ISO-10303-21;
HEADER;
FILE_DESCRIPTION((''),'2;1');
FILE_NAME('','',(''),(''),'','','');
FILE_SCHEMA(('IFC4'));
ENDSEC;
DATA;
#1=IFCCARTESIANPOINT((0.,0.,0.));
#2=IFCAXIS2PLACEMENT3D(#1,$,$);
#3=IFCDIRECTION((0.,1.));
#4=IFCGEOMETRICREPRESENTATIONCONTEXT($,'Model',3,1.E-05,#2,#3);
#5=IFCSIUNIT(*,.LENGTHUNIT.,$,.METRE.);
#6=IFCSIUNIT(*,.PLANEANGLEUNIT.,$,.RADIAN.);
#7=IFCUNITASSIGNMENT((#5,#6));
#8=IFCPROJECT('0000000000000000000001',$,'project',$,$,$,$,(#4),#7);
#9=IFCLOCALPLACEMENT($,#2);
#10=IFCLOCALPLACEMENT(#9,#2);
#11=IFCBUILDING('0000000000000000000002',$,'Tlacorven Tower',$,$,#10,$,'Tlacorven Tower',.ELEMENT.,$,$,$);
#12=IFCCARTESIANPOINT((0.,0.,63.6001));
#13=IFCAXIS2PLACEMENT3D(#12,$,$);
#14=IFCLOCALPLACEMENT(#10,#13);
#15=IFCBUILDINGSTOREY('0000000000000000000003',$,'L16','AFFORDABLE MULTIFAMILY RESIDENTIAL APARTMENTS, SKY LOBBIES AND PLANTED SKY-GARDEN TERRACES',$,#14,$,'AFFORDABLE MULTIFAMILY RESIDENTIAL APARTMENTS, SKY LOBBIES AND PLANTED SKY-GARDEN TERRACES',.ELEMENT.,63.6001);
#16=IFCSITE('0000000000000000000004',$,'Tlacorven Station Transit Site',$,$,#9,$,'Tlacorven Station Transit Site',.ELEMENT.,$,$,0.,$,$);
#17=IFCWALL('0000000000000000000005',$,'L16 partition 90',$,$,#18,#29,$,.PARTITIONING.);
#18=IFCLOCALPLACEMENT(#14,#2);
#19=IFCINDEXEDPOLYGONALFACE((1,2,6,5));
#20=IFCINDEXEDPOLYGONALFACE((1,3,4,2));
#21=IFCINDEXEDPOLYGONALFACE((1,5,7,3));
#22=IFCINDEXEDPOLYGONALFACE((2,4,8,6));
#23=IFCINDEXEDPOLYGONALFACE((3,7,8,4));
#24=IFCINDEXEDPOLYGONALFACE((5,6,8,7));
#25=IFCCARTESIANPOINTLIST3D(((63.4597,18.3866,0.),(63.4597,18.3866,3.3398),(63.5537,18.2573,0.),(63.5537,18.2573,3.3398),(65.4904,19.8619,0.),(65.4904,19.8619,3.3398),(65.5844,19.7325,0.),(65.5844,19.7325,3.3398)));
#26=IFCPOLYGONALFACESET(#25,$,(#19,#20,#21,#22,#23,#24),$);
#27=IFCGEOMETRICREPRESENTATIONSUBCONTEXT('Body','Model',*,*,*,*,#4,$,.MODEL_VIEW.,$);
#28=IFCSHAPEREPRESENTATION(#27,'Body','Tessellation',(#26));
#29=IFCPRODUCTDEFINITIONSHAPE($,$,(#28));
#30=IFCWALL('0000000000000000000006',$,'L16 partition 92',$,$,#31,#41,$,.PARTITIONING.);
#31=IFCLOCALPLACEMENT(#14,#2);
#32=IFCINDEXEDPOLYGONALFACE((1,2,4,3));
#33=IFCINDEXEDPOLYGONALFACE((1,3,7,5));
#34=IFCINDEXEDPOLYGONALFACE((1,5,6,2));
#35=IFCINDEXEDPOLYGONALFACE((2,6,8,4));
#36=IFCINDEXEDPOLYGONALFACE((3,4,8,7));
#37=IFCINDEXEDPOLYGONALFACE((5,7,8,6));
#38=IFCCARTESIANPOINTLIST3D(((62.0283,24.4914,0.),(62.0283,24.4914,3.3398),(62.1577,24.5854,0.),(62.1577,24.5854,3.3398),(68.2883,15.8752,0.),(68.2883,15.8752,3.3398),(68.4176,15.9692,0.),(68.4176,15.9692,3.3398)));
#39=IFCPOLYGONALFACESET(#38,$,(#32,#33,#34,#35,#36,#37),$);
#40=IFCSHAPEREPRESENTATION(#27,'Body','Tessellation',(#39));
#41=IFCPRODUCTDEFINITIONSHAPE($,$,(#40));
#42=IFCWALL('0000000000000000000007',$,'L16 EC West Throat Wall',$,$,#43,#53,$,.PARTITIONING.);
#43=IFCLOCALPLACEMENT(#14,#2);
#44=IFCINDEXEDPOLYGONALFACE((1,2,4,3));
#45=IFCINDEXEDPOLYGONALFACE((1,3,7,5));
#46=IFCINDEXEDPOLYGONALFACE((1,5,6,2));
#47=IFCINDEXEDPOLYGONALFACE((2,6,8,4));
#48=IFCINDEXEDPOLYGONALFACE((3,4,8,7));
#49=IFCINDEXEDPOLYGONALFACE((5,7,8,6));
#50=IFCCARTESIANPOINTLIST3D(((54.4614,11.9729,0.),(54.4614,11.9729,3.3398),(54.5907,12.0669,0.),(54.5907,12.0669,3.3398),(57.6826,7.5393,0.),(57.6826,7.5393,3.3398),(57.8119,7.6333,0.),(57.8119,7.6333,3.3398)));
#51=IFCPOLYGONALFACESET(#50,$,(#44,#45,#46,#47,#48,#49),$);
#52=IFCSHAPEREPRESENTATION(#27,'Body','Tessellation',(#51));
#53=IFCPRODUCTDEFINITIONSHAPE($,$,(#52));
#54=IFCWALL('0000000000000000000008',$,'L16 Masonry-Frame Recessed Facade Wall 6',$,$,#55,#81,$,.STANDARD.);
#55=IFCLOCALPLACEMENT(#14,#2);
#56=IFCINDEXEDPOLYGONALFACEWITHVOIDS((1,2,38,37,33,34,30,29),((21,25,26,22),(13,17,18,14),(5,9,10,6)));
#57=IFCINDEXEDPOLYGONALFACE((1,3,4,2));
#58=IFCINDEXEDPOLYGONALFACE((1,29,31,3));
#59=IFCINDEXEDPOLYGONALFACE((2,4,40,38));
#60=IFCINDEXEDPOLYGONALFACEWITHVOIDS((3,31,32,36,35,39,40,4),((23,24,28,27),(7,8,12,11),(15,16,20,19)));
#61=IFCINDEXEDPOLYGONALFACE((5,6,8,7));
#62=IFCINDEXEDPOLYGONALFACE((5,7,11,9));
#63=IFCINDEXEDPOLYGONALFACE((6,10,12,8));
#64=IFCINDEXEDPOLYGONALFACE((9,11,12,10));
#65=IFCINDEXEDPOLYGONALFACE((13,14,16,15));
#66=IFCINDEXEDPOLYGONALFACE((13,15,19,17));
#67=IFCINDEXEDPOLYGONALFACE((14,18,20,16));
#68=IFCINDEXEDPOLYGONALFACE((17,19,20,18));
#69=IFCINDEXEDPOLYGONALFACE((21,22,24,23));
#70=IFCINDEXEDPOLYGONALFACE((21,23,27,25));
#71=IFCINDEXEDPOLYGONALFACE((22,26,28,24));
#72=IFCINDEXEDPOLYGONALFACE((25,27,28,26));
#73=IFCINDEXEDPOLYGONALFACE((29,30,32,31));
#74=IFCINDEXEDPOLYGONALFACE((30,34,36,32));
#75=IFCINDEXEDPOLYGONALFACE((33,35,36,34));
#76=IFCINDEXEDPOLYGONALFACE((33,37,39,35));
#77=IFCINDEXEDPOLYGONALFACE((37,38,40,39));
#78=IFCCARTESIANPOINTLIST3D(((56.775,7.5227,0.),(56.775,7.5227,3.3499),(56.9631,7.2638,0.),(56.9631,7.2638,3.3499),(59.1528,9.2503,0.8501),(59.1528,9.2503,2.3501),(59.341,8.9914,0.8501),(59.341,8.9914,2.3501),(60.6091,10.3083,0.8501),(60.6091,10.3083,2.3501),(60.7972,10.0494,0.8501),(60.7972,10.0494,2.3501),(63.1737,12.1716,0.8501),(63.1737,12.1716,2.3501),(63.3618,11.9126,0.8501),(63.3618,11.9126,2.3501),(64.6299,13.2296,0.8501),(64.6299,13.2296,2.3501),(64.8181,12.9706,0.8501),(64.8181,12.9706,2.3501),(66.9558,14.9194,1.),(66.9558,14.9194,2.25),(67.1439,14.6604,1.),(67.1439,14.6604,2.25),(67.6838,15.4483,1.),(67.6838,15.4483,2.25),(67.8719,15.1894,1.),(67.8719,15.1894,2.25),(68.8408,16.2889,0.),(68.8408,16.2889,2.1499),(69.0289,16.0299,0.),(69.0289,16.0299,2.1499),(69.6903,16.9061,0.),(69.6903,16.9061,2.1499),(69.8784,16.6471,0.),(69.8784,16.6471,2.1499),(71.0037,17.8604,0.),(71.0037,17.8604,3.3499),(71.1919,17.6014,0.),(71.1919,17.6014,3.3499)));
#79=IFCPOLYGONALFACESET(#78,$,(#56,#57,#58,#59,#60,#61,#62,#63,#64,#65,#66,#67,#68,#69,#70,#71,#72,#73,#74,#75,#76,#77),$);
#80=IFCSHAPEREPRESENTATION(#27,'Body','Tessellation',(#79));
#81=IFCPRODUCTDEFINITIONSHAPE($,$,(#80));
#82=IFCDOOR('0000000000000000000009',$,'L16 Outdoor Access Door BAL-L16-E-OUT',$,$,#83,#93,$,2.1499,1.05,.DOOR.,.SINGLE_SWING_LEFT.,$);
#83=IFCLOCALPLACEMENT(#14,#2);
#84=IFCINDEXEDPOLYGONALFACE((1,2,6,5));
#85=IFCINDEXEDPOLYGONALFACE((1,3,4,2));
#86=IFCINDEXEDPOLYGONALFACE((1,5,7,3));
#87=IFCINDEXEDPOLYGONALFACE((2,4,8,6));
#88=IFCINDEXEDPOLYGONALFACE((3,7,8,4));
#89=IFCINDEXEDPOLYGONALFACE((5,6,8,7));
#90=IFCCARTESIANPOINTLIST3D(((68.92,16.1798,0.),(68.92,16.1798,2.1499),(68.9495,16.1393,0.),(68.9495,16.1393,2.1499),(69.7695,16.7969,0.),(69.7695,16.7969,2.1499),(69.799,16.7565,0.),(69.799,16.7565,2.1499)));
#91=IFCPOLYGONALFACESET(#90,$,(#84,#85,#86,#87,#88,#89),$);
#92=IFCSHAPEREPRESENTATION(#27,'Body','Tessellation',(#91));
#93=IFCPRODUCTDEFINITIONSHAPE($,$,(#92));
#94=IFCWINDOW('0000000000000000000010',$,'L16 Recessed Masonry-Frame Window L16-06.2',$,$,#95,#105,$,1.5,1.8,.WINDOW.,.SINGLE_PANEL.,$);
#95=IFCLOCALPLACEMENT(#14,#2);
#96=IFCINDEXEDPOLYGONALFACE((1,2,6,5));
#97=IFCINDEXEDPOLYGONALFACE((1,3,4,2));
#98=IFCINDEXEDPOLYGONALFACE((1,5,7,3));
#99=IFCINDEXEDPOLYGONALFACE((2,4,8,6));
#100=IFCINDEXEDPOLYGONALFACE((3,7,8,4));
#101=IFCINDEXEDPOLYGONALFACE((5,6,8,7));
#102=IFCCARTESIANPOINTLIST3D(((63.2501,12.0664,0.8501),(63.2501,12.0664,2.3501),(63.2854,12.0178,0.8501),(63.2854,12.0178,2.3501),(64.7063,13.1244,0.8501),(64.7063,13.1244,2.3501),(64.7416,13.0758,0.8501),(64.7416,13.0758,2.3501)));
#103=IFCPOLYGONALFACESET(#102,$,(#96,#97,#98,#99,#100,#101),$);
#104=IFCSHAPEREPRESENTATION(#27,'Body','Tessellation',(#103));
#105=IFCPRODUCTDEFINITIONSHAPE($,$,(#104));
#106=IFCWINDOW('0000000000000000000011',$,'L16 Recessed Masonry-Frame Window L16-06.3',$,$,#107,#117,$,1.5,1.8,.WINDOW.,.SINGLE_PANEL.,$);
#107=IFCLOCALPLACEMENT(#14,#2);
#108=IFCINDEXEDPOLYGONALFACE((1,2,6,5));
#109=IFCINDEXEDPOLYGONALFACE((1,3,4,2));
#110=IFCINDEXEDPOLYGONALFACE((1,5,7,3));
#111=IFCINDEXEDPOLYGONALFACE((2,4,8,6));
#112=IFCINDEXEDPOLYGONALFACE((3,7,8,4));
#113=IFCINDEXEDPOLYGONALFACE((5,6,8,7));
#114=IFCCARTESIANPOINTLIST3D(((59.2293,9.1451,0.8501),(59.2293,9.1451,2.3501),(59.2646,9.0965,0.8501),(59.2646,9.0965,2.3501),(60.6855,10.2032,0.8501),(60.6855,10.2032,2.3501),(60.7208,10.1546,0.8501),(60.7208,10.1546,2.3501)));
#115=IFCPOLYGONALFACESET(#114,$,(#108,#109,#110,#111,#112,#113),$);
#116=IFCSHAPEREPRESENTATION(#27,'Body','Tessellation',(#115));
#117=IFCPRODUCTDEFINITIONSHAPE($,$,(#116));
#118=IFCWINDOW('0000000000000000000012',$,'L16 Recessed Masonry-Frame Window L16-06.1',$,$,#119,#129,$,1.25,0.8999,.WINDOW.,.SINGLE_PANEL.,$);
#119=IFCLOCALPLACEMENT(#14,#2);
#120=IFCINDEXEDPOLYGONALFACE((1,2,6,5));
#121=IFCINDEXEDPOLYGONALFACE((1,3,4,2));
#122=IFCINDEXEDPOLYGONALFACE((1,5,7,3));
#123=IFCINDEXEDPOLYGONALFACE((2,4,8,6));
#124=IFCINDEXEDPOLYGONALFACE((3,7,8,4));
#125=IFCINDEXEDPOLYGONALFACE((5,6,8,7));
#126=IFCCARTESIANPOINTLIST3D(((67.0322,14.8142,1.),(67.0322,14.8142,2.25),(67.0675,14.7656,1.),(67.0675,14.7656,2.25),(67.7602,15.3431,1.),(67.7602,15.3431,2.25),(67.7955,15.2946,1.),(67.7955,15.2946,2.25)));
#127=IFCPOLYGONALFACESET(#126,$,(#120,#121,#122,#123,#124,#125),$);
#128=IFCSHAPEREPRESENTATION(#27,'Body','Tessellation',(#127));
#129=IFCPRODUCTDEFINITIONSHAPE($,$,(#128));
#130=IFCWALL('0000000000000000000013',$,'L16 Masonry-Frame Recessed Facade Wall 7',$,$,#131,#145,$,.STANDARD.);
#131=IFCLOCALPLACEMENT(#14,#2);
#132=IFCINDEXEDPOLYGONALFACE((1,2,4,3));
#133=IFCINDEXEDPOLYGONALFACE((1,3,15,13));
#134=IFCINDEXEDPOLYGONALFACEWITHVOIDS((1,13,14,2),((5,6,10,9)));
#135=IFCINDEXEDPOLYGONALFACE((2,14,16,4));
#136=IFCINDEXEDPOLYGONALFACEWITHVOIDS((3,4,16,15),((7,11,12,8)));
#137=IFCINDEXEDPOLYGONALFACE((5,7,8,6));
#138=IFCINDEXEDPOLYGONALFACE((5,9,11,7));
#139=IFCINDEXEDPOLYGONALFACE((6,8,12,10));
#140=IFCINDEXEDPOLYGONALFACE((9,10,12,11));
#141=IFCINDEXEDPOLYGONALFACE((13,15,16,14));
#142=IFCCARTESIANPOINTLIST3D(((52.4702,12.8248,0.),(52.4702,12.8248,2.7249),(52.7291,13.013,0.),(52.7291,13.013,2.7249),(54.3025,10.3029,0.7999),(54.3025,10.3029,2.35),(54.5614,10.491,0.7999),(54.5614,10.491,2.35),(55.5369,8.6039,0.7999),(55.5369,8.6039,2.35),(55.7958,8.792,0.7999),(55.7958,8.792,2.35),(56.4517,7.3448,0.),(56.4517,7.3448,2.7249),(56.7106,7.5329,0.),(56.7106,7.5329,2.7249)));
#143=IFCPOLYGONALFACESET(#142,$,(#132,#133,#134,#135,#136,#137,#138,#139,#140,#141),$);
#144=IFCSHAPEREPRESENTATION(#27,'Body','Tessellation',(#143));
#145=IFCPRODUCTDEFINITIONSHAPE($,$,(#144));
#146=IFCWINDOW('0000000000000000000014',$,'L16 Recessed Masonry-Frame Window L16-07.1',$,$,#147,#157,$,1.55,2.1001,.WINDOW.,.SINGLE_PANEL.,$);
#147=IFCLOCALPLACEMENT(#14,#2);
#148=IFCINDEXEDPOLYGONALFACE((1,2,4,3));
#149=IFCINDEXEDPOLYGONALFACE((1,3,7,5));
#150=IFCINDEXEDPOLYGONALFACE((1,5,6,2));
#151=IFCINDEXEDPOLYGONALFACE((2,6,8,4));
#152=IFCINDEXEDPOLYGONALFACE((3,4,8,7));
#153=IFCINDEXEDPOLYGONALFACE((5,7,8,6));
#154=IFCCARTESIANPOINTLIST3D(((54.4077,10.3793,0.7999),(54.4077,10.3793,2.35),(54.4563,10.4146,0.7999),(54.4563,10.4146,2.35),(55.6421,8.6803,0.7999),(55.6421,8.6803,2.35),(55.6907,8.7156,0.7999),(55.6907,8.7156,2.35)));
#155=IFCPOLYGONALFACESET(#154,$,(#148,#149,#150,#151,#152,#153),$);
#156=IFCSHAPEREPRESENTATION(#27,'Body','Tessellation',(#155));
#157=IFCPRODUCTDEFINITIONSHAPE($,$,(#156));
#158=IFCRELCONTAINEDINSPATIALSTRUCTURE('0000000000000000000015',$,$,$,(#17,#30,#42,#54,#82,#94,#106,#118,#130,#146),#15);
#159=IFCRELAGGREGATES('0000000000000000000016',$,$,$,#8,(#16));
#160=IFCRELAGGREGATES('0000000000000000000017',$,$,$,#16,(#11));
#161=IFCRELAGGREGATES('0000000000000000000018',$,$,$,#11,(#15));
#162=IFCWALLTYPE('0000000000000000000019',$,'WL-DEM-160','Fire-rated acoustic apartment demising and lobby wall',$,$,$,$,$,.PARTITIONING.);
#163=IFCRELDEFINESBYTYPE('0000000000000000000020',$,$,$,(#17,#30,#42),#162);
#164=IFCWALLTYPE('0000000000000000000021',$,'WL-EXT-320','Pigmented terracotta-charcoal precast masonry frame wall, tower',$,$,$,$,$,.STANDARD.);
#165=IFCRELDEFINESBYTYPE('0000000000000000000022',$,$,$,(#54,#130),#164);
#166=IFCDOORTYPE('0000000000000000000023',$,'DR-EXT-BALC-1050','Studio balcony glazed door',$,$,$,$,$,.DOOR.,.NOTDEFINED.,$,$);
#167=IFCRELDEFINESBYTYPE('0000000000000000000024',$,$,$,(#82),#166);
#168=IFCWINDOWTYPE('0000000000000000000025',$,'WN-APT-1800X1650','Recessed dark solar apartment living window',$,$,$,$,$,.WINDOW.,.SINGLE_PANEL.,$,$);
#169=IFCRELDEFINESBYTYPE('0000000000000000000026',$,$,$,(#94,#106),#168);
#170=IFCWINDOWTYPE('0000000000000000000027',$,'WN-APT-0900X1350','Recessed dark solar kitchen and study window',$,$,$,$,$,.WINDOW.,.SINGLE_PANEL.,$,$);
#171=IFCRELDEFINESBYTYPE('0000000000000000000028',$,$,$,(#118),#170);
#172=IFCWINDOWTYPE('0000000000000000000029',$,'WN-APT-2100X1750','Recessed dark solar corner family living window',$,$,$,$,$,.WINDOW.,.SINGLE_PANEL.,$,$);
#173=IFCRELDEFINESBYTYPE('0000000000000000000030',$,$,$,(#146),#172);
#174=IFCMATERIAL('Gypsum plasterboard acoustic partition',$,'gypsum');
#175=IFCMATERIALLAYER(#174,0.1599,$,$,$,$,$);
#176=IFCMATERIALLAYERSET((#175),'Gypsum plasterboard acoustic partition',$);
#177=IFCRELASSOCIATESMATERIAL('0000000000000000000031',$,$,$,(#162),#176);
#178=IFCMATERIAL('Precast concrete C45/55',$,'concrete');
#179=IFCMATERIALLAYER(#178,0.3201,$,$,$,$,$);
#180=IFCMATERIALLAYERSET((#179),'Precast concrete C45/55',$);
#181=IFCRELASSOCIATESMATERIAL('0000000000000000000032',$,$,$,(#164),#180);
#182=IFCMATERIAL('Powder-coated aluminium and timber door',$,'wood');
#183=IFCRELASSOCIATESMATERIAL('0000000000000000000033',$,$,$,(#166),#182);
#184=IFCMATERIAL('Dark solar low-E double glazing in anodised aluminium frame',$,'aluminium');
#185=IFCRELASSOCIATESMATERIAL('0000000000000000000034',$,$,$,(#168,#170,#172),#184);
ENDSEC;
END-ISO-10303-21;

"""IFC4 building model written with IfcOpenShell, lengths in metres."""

from ifc_helpers import new_model, si_unit, direction, frame, frame_2d, origin, place, context, subcontext, project, spatial, rectangle, extrude, source, transform, mapped, material, layer, layer_set, type_object, element, fill, save


model = new_model("IFC4")

# Units and contexts
model_context = context("Model", 3, precision=1e-05, world=origin(), true_north=direction((0.0, 1.0)))
body_context = subcontext(model_context, "Body", "Model", "MODEL_VIEW")
ifc_project = project(units=[si_unit("LENGTHUNIT", "METRE"), si_unit("PLANEANGLEUNIT", "RADIAN")], contexts=[model_context])

# Site, building, storey
site_placement = place(None, origin())
site = spatial("IfcSite", under=ifc_project, at=site_placement, Name="Tlacorven Station Transit Site", LongName="Tlacorven Station Transit Site", CompositionType="ELEMENT", RefElevation=0.0)
building_placement = place(site_placement, origin())
building = spatial("IfcBuilding", under=site, at=building_placement, Name="Tlacorven Tower", LongName="Tlacorven Tower", CompositionType="ELEMENT")
storey_placement = place(building_placement, frame((0.0, 0.0, 63.6001)))
storey = spatial("IfcBuildingStorey", under=building, at=storey_placement, Name="L16", Description="AFFORDABLE MULTIFAMILY RESIDENTIAL APARTMENTS, SKY LOBBIES AND PLANTED SKY-GARDEN TERRACES", LongName="AFFORDABLE MULTIFAMILY RESIDENTIAL APARTMENTS, SKY LOBBIES AND PLANTED SKY-GARDEN TERRACES", CompositionType="ELEMENT", Elevation=63.6001)

# Walls
ifc_material_1 = material(Name="Gypsum plasterboard acoustic partition", Category="gypsum")
ifc_layer_1 = layer(ifc_material_1, 0.1599)
ifc_layer_set_1 = layer_set([ifc_layer_1], Name="Gypsum plasterboard acoustic partition")
wall_type_1 = type_object("IfcWallType", Name="WL-DEM-160", Description="Fire-rated acoustic apartment demising and lobby wall", PredefinedType="PARTITIONING", material=ifc_layer_set_1)
wall_1_placement = place(storey_placement, frame((63.5068, 18.322, 0.0), z_axis=(0.0, 0.0, 1.0), x_axis=(0.809035, 0.587761, 0.0)))
element("IfcWall", 1, at=wall_1_placement, inside=storey, type_object=wall_type_1, Name="L16 partition 90", PredefinedType="PARTITIONING", context=body_context, shape_type="SweptSolid", body=[
    extrude(rectangle(XDim=2.51, YDim=0.1599, at=frame_2d((1.2549, 0.0))), origin(), (0.0, 0.0, 1.0), 3.3398),
])
wall_2_placement = place(storey_placement, frame((68.353, 15.9221, 0.0), z_axis=(0.0, 0.0, 1.0), x_axis=(-0.587783, 0.809019, 0.0)))
element("IfcWall", 2, at=wall_2_placement, inside=storey, type_object=wall_type_1, Name="L16 partition 92", PredefinedType="PARTITIONING", context=body_context, shape_type="SweptSolid", body=[
    extrude(rectangle(XDim=10.6501, YDim=0.1599, at=frame_2d((5.3252, 0.0))), origin(), (0.0, 0.0, 1.0), 3.3398),
])
wall_3_placement = place(storey_placement, frame((57.7473, 7.5862, 0.0), z_axis=(0.0, 0.0, 1.0), x_axis=(-0.587785, 0.809017, 0.0)))
element("IfcWall", 3, at=wall_3_placement, inside=storey, type_object=wall_type_1, Name="L16 EC West Throat Wall", PredefinedType="PARTITIONING", context=body_context, shape_type="SweptSolid", body=[
    extrude(rectangle(XDim=5.4802, YDim=0.1599, at=frame_2d((2.7402, 0.0))), origin(), (0.0, 0.0, 1.0), 3.3398),
])

# Wall, openings, door, windows
ifc_material_2 = material(Name="Precast concrete C45/55", Category="concrete")
ifc_layer_2 = layer(ifc_material_2, 0.3201)
ifc_layer_set_2 = layer_set([ifc_layer_2], Name="Precast concrete C45/55")
wall_type_2 = type_object("IfcWallType", Name="WL-EXT-320", Description="Pigmented terracotta-charcoal precast masonry frame wall, tower", PredefinedType="STANDARD", material=ifc_layer_set_2)
wall_4_placement = place(storey_placement, frame((71.0979, 17.731, 0.0), z_axis=(0.0, 0.0, 1.0), x_axis=(-0.809021, -0.58778, 0.0)))
wall_4 = element("IfcWall", 4, at=wall_4_placement, inside=storey, type_object=wall_type_2, Name="L16 Masonry-Frame Recessed Facade Wall 6", PredefinedType="STANDARD", context=body_context, shape_type="SweptSolid", body=[
    extrude(rectangle(XDim=17.5876, YDim=0.3201, at=frame_2d((8.7939, 0.0))), origin(), (0.0, 0.0, 1.0), 3.3499),
])
opening_1_placement = place(wall_4_placement, frame((1.6238, 0.0, 0.0)))
opening_1 = element("IfcOpeningElement", 5, at=opening_1_placement, cuts=wall_4, PredefinedType="OPENING", context=body_context, shape_type="SweptSolid", body=[
    extrude(rectangle(XDim=1.05, YDim=2.1499, at=frame_2d((0.5249, 1.075))), frame((0.0, 0.1699, 0.0), z_axis=(0.0, -1.0, 0.0), x_axis=(1.0, 0.0, 0.0)), (0.0, 0.0, 1.0), 0.3401),
])
opening_2_placement = place(wall_4_placement, frame((4.1038, 0.0, 1.0)))
opening_2 = element("IfcOpeningElement", 6, at=opening_2_placement, cuts=wall_4, PredefinedType="OPENING", context=body_context, shape_type="SweptSolid", body=[
    extrude(rectangle(XDim=0.8999, YDim=1.25, at=frame_2d((0.45, 0.625))), frame((0.0, 0.1699, 0.0), z_axis=(0.0, -1.0, 0.0), x_axis=(1.0, 0.0, 0.0)), (0.0, 0.0, 1.0), 0.3401),
])
opening_3_placement = place(wall_4_placement, frame((7.8787, 0.0, 0.8501)))
opening_3 = element("IfcOpeningElement", 7, at=opening_3_placement, cuts=wall_4, PredefinedType="OPENING", context=body_context, shape_type="SweptSolid", body=[
    extrude(rectangle(XDim=1.8, YDim=1.5, at=frame_2d((0.8999, 0.75))), frame((0.0, 0.1699, 0.0), z_axis=(0.0, -1.0, 0.0), x_axis=(1.0, 0.0, 0.0)), (0.0, 0.0, 1.0), 0.3401),
])
opening_4_placement = place(wall_4_placement, frame((12.8486, 0.0, 0.8501)))
opening_4 = element("IfcOpeningElement", 8, at=opening_4_placement, cuts=wall_4, PredefinedType="OPENING", context=body_context, shape_type="SweptSolid", body=[
    extrude(rectangle(XDim=1.8, YDim=1.5, at=frame_2d((0.8999, 0.75))), frame((0.0, 0.1699, 0.0), z_axis=(0.0, -1.0, 0.0), x_axis=(1.0, 0.0, 0.0)), (0.0, 0.0, 1.0), 0.3401),
])
ifc_material_3 = material(Name="Powder-coated aluminium and timber door", Category="wood")
door_type_1 = type_object("IfcDoorType", Name="DR-EXT-BALC-1050", Description="Studio balcony glazed door", OperationType="NOTDEFINED", PredefinedType="DOOR", material=ifc_material_3)
shared_shape_1 = source(origin(), body_context, "Body", "SweptSolid", [
    extrude(rectangle(XDim=1.05, YDim=2.1499, at=frame_2d((0.5249, 1.075))), frame((0.0, 0.0249, 0.0), z_axis=(0.0, -1.0, 0.0), x_axis=(1.0, 0.0, 0.0)), (0.0, 0.0, 1.0), 0.05),
])
door_1_placement = place(opening_1_placement, origin())
door_1 = element("IfcDoor", 9, at=door_1_placement, inside=storey, type_object=door_type_1, Name="L16 Outdoor Access Door BAL-L16-E-OUT", OperationType="SINGLE_SWING_LEFT", OverallHeight=2.1499, OverallWidth=1.05, PredefinedType="DOOR", context=body_context, shape_type="MappedRepresentation", body=[
    mapped(shared_shape_1, transform((0.0, 0.0, 0.0), scale=1.0)),
])
fill(opening_1, door_1)
ifc_material_4 = material(Name="Dark solar low-E double glazing in anodised aluminium frame", Category="aluminium")
window_type_1 = type_object("IfcWindowType", Name="WN-APT-1800X1650", Description="Recessed dark solar apartment living window", PartitioningType="SINGLE_PANEL", PredefinedType="WINDOW", material=ifc_material_4)
shared_shape_2 = source(origin(), body_context, "Body", "SweptSolid", [
    extrude(rectangle(XDim=1.8, YDim=1.5, at=frame_2d((0.8999, 0.75))), frame((0.0, 0.03, 0.0), z_axis=(0.0, -1.0, 0.0), x_axis=(1.0, 0.0, 0.0)), (0.0, 0.0, 1.0), 0.0601),
])
window_1_placement = place(opening_3_placement, origin())
window_1 = element("IfcWindow", 10, at=window_1_placement, inside=storey, type_object=window_type_1, Name="L16 Recessed Masonry-Frame Window L16-06.2", OverallHeight=1.5, OverallWidth=1.8, PartitioningType="SINGLE_PANEL", PredefinedType="WINDOW", context=body_context, shape_type="MappedRepresentation", body=[
    mapped(shared_shape_2, transform((0.0, 0.0, 0.0), scale=1.0)),
])
fill(opening_3, window_1)
window_2_placement = place(opening_4_placement, origin())
window_2 = element("IfcWindow", 11, at=window_2_placement, inside=storey, type_object=window_type_1, Name="L16 Recessed Masonry-Frame Window L16-06.3", OverallHeight=1.5, OverallWidth=1.8, PartitioningType="SINGLE_PANEL", PredefinedType="WINDOW", context=body_context, shape_type="MappedRepresentation", body=[
    mapped(shared_shape_2, transform((0.0, 0.0, 0.0), scale=1.0)),
])
fill(opening_4, window_2)
window_type_2 = type_object("IfcWindowType", Name="WN-APT-0900X1350", Description="Recessed dark solar kitchen and study window", PartitioningType="SINGLE_PANEL", PredefinedType="WINDOW", material=ifc_material_4)
shared_shape_3 = source(origin(), body_context, "Body", "SweptSolid", [
    extrude(rectangle(XDim=0.8999, YDim=1.25, at=frame_2d((0.45, 0.625))), frame((0.0, 0.03, 0.0), z_axis=(0.0, -1.0, 0.0), x_axis=(1.0, 0.0, 0.0)), (0.0, 0.0, 1.0), 0.0601),
])
window_3_placement = place(opening_2_placement, origin())
window_3 = element("IfcWindow", 12, at=window_3_placement, inside=storey, type_object=window_type_2, Name="L16 Recessed Masonry-Frame Window L16-06.1", OverallHeight=1.25, OverallWidth=0.8999, PartitioningType="SINGLE_PANEL", PredefinedType="WINDOW", context=body_context, shape_type="MappedRepresentation", body=[
    mapped(shared_shape_3, transform((0.0, 0.0, 0.0), scale=1.0)),
])
fill(opening_2, window_3)

# Wall, opening, window
wall_5_placement = place(storey_placement, frame((56.5811, 7.439, 0.0), z_axis=(0.0, 0.0, 1.0), x_axis=(-0.587786, 0.809017, 0.0)))
wall_5 = element("IfcWall", 13, at=wall_5_placement, inside=storey, type_object=wall_type_2, Name="L16 Masonry-Frame Recessed Facade Wall 7", PredefinedType="STANDARD", context=body_context, shape_type="SweptSolid", body=[
    extrude(rectangle(XDim=6.7737, YDim=0.3201, at=frame_2d((3.3867, 0.0))), origin(), (0.0, 0.0, 1.0), 2.7249),
])
opening_5_placement = place(wall_5_placement, frame((1.5562, 0.0, 0.8)))
opening_5 = element("IfcOpeningElement", 14, at=opening_5_placement, cuts=wall_5, PredefinedType="OPENING", context=body_context, shape_type="SweptSolid", body=[
    extrude(rectangle(XDim=2.1001, YDim=1.55, at=frame_2d((1.05, 0.7749))), frame((0.0, 0.1699, 0.0), z_axis=(0.0, -1.0, 0.0), x_axis=(1.0, 0.0, 0.0)), (0.0, 0.0, 1.0), 0.3401),
])
window_type_3 = type_object("IfcWindowType", Name="WN-APT-2100X1750", Description="Recessed dark solar corner family living window", PartitioningType="SINGLE_PANEL", PredefinedType="WINDOW", material=ifc_material_4)
shared_shape_4 = source(origin(), body_context, "Body", "SweptSolid", [
    extrude(rectangle(XDim=2.1001, YDim=1.55, at=frame_2d((1.05, 0.7749))), frame((0.0, 0.03, 0.0), z_axis=(0.0, -1.0, 0.0), x_axis=(1.0, 0.0, 0.0)), (0.0, 0.0, 1.0), 0.0601),
])
window_4_placement = place(opening_5_placement, origin())
window_4 = element("IfcWindow", 15, at=window_4_placement, inside=storey, type_object=window_type_3, Name="L16 Recessed Masonry-Frame Window L16-07.1", OverallHeight=1.55, OverallWidth=2.1001, PartitioningType="SINGLE_PANEL", PredefinedType="WINDOW", context=body_context, shape_type="MappedRepresentation", body=[
    mapped(shared_shape_4, transform((0.0, 0.0, 0.0), scale=1.0)),
])
fill(opening_5, window_4)

save(model, "model.ifc")
